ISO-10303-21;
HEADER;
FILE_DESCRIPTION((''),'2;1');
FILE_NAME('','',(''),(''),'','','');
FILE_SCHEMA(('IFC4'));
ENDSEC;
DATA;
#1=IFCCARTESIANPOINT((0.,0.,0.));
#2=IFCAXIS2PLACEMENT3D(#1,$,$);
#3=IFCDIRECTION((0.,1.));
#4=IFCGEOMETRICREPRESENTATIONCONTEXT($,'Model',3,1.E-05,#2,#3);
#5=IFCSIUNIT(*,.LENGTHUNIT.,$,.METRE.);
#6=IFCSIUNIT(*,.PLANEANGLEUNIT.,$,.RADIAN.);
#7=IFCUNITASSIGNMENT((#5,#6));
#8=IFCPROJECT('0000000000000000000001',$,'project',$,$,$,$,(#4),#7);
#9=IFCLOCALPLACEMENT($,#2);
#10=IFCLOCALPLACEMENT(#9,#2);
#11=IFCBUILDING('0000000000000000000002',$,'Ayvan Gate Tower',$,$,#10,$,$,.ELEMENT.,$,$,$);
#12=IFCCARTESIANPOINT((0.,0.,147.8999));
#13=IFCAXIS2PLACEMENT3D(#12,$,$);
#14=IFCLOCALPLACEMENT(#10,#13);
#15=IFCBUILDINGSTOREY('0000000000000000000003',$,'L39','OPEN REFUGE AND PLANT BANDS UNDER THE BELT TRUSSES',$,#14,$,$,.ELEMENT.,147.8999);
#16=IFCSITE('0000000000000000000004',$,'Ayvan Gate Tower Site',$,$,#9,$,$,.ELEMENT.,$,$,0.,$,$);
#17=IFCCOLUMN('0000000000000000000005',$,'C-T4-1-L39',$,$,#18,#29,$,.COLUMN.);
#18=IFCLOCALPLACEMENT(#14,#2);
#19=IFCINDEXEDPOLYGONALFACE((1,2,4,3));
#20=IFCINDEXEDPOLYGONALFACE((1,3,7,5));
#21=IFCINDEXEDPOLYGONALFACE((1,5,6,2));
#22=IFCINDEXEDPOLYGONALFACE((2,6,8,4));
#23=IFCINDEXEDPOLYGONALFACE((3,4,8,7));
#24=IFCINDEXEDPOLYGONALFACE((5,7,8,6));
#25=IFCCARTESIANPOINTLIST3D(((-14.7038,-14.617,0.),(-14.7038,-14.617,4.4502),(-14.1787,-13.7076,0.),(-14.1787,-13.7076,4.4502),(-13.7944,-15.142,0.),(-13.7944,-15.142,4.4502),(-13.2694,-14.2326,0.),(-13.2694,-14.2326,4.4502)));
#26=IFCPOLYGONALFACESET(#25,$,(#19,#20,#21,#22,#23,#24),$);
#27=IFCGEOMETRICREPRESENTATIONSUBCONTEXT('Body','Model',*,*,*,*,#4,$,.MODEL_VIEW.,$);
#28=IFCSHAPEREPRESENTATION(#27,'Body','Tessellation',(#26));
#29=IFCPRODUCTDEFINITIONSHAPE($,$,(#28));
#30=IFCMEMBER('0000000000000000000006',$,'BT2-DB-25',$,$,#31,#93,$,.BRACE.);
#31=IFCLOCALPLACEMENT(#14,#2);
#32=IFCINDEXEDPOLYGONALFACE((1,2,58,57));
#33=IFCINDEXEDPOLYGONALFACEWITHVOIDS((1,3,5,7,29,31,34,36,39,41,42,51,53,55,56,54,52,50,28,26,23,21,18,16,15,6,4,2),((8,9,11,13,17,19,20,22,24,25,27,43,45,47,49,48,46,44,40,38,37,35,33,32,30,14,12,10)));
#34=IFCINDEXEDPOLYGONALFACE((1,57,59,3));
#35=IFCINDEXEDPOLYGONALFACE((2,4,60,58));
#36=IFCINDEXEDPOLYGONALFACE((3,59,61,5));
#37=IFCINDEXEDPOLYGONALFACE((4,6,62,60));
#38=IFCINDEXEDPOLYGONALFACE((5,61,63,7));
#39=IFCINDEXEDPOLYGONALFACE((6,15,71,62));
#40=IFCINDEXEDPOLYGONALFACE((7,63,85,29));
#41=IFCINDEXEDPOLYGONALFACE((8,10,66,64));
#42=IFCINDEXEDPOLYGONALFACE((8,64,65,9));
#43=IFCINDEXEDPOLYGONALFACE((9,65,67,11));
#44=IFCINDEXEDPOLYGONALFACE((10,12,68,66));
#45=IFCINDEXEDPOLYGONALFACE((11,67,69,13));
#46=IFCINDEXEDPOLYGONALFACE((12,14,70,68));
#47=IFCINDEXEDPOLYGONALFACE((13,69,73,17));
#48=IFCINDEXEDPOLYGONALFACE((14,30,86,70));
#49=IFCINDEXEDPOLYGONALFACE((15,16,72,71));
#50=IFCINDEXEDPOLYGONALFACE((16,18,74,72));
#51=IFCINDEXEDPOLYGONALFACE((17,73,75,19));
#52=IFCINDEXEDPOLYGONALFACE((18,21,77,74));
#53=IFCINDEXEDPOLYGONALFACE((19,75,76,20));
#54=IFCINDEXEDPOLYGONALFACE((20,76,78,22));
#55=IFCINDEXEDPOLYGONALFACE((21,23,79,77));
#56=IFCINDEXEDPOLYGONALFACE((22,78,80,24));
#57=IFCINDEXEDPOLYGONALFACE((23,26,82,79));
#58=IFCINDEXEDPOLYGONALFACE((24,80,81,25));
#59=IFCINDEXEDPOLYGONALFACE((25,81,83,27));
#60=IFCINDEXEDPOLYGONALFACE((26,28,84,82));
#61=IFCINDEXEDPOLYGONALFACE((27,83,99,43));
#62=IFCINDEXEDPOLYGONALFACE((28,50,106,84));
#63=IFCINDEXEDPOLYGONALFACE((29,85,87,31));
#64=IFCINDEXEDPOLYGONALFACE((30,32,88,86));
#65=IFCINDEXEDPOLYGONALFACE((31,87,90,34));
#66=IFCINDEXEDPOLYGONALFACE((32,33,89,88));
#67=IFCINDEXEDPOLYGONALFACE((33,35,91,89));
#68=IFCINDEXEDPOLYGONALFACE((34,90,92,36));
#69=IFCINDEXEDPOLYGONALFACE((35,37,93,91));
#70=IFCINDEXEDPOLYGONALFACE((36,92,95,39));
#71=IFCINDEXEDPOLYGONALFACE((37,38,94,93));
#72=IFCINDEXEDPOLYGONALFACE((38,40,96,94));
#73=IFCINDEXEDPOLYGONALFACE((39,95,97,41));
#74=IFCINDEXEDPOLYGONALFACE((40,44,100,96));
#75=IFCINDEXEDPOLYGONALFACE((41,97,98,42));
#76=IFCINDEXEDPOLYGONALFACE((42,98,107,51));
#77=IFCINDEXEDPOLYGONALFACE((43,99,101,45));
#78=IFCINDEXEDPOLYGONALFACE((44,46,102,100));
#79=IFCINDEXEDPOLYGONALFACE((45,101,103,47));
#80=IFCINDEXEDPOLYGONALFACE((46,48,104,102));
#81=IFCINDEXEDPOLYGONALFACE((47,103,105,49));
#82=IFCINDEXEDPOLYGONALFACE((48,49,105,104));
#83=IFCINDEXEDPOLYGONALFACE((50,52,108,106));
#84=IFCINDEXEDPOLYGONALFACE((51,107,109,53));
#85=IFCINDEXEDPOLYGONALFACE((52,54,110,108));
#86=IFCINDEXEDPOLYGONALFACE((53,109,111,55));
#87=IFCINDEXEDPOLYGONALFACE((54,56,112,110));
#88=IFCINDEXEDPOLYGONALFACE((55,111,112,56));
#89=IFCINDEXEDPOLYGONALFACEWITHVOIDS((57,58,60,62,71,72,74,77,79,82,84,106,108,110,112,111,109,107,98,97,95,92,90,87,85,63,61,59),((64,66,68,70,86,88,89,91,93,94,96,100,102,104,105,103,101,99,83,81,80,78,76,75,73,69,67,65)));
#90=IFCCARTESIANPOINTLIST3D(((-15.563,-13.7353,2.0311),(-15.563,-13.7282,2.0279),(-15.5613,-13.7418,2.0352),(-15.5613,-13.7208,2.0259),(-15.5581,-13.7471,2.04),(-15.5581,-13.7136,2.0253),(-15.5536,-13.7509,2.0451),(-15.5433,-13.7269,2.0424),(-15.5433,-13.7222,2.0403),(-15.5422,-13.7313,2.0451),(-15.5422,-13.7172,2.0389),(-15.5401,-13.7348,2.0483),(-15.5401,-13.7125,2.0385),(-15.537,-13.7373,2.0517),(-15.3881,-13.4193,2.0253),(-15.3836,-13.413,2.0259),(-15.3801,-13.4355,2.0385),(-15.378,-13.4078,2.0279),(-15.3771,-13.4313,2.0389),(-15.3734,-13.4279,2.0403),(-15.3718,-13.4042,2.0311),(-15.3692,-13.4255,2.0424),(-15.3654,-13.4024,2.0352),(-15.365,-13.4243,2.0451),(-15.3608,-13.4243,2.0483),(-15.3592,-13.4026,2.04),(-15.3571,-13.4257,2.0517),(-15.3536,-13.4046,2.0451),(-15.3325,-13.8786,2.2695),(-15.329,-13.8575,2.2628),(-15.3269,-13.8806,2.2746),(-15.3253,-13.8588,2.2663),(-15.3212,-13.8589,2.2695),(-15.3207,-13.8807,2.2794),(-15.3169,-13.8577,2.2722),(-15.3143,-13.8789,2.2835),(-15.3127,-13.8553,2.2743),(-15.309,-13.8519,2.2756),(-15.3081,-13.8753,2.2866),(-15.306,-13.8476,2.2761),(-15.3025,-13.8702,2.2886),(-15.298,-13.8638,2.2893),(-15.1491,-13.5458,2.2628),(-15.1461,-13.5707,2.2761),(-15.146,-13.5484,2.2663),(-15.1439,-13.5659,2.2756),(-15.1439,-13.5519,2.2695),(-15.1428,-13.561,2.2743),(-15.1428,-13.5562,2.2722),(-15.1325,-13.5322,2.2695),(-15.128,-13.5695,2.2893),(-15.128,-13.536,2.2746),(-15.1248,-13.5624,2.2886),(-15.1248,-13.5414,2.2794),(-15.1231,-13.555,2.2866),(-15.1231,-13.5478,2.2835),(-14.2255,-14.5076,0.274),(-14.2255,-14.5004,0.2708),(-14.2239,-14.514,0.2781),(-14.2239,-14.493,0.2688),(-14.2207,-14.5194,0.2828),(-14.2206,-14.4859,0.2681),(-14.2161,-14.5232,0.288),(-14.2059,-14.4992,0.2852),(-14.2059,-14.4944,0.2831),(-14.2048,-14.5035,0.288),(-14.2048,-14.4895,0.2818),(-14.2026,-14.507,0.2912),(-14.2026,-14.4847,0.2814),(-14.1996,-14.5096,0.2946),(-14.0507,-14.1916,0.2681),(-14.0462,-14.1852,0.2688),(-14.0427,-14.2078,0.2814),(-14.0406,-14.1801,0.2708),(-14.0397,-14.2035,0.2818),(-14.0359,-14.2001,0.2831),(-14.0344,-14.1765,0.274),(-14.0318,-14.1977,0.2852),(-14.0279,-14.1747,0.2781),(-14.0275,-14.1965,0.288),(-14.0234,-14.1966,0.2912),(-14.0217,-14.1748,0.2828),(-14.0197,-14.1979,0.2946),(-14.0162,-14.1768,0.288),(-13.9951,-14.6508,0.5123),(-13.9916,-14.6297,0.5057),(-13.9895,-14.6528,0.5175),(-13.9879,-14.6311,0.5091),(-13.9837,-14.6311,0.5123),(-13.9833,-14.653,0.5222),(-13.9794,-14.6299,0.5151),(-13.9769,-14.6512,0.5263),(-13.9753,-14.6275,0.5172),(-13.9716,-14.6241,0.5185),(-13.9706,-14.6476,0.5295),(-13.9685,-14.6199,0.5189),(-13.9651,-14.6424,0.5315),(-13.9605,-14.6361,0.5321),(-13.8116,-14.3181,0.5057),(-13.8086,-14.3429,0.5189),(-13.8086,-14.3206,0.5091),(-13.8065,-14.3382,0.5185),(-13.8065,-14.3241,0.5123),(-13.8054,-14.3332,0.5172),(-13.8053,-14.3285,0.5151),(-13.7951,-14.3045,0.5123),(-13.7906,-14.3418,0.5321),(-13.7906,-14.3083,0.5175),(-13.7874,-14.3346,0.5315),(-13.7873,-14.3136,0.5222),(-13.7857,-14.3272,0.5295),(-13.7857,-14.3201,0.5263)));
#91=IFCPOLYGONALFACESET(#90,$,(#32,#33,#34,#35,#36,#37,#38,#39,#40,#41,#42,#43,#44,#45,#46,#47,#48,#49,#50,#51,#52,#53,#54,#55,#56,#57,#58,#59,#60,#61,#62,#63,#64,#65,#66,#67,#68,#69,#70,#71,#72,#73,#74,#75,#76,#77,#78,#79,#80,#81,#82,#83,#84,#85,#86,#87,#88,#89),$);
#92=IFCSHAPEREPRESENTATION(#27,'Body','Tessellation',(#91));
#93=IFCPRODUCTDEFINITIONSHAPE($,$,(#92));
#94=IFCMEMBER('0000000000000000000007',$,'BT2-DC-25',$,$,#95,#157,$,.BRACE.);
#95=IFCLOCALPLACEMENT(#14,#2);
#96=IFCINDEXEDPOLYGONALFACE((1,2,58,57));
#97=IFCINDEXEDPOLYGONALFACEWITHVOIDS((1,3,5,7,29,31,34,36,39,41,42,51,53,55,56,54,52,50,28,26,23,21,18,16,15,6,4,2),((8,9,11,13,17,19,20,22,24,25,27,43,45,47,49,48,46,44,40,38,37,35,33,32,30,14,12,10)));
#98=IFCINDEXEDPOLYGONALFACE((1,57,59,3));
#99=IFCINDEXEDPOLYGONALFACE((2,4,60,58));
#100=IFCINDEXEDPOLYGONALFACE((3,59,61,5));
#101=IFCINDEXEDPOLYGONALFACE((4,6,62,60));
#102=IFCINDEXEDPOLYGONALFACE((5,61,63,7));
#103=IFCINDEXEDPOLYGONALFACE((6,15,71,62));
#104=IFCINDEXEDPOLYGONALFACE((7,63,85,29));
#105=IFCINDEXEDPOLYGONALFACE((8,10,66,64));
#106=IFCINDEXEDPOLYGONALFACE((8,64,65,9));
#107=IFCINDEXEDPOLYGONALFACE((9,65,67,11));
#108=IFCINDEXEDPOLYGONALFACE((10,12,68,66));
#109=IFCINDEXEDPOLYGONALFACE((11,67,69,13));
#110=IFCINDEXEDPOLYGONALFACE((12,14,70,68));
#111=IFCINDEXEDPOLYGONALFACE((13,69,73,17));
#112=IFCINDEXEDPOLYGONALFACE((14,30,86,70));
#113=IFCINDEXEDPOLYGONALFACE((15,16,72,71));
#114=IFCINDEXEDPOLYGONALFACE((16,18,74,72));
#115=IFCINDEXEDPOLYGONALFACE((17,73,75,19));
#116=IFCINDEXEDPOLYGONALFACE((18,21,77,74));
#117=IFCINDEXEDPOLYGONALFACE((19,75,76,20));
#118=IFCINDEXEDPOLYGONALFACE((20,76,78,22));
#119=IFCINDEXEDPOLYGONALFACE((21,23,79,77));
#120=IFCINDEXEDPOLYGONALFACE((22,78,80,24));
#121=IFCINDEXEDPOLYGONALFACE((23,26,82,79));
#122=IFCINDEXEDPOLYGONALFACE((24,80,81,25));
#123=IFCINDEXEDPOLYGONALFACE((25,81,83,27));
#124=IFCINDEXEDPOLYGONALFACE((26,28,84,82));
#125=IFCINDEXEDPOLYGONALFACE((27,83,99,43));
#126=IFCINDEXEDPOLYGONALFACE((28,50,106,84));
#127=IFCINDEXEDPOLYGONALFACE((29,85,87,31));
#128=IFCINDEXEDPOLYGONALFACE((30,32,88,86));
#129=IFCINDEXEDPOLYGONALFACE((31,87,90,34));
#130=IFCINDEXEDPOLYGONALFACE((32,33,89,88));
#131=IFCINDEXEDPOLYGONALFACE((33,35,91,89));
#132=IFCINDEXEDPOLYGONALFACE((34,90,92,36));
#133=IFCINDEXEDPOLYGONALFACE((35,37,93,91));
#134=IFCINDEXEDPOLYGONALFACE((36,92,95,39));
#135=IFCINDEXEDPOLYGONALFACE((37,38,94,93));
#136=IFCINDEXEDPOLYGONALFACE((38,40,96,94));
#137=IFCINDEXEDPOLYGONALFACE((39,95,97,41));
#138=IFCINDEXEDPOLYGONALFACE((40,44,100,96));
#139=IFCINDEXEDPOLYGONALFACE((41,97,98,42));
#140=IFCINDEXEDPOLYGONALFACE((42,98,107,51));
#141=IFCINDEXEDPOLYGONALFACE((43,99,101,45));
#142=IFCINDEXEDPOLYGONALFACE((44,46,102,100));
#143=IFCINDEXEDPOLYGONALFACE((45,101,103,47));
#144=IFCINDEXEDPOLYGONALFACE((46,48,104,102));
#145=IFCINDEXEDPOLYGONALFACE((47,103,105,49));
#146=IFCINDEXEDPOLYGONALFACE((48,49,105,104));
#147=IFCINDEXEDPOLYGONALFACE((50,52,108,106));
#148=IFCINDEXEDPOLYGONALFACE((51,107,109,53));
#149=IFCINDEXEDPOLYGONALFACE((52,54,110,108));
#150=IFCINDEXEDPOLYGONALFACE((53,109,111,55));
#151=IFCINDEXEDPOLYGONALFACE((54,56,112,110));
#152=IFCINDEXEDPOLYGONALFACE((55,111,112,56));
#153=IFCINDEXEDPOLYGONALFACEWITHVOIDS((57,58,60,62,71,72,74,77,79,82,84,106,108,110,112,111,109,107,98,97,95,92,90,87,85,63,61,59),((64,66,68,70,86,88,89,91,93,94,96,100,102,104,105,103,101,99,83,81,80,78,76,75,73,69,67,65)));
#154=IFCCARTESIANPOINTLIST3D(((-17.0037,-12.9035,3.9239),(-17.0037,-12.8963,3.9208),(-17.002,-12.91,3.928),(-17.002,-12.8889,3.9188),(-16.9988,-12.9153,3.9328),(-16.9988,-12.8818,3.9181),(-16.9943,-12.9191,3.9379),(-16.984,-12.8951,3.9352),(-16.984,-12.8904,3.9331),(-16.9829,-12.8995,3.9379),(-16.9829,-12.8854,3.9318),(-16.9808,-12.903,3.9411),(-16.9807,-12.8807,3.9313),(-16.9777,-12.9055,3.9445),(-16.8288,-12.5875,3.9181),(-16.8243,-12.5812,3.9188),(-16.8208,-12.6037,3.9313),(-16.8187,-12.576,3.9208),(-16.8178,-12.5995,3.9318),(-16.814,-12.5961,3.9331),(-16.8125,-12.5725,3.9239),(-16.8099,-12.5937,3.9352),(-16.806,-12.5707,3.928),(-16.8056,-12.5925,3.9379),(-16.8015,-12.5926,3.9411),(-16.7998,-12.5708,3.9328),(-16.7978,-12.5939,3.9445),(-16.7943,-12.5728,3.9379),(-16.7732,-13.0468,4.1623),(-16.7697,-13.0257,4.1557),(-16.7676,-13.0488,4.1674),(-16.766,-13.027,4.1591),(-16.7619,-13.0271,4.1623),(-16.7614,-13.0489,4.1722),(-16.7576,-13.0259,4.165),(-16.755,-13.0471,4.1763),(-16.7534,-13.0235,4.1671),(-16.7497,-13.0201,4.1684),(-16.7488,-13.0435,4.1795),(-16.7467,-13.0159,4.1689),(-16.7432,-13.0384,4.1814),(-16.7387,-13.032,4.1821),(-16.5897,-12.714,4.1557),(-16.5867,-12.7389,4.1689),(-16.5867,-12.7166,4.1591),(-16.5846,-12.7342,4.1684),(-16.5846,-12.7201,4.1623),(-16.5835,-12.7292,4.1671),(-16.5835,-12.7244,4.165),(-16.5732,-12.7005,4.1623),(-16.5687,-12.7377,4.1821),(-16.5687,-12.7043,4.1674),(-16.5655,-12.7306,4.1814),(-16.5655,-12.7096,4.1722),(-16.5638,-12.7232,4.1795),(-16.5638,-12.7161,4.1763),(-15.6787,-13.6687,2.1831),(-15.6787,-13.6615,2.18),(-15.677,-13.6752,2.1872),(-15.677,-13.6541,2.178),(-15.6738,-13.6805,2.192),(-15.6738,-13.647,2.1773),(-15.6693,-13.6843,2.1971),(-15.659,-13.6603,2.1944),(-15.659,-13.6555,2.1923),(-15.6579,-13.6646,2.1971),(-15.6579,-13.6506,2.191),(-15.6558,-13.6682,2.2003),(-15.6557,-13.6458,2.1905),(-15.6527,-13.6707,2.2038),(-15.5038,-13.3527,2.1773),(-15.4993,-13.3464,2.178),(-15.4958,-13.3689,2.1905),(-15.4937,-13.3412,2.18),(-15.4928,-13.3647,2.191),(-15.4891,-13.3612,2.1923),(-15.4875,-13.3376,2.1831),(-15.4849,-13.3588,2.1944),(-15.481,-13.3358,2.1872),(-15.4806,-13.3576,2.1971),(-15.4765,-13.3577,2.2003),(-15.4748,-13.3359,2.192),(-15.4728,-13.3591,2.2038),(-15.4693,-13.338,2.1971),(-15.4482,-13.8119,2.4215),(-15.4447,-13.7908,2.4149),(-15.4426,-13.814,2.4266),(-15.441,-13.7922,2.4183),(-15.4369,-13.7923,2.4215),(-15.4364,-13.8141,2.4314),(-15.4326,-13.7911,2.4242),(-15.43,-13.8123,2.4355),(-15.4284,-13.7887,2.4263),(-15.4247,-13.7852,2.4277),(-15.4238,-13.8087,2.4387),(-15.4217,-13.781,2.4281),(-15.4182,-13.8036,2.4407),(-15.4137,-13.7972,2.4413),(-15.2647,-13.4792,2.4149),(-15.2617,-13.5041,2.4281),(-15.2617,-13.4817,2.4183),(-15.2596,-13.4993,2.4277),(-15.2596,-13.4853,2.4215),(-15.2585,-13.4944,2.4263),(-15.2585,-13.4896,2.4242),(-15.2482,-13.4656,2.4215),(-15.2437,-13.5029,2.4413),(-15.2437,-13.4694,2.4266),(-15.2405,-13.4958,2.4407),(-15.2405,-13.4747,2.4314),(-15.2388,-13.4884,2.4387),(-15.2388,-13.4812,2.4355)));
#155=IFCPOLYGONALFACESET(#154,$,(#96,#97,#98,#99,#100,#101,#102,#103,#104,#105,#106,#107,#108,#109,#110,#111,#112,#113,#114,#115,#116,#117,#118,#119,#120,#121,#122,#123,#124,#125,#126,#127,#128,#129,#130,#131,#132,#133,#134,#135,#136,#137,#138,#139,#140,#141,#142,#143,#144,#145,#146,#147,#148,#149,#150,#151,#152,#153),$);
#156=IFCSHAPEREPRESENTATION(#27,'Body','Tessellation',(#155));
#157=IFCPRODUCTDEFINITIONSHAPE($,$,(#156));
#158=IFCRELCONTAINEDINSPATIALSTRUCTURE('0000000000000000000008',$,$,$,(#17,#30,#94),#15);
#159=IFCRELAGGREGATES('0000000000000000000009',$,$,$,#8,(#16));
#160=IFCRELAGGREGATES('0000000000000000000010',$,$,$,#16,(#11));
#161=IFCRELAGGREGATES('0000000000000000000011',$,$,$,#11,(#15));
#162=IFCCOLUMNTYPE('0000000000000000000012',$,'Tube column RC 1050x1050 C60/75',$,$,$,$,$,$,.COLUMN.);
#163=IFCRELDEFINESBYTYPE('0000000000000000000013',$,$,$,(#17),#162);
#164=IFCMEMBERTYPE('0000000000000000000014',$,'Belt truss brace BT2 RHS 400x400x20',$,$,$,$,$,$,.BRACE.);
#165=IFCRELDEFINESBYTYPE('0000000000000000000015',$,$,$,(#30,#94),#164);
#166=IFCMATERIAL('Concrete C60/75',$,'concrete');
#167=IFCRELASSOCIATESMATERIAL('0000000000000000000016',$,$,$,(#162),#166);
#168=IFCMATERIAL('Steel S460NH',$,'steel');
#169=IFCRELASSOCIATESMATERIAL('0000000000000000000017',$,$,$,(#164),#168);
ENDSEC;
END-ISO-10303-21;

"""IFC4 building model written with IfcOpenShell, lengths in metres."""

from ifc_helpers import new_model, si_unit, direction, frame, origin, origin_2d, place, context, subcontext, project, spatial, rectangle, hollow_rectangle, extrude, material, material_profile, profile_set, type_object, element, save


model = new_model("IFC4")

# Units and contexts
model_context = context("Model", 3, precision=1e-05, world=origin(), true_north=direction((0.0, 1.0)))
body_context = subcontext(model_context, "Body", "Model", "MODEL_VIEW")
ifc_project = project(units=[si_unit("LENGTHUNIT", "METRE"), si_unit("PLANEANGLEUNIT", "RADIAN")], contexts=[model_context])

# Site, building, storey
site_placement = place(None, origin())
site = spatial("IfcSite", under=ifc_project, at=site_placement, Name="Ayvan Gate Tower Site", CompositionType="ELEMENT", RefElevation=0.0)
building_placement = place(site_placement, origin())
building = spatial("IfcBuilding", under=site, at=building_placement, Name="Ayvan Gate Tower", CompositionType="ELEMENT")
storey_placement = place(building_placement, frame((0.0, 0.0, 147.8999)))
storey = spatial("IfcBuildingStorey", under=building, at=storey_placement, Name="L39", Description="OPEN REFUGE AND PLANT BANDS UNDER THE BELT TRUSSES", CompositionType="ELEMENT", Elevation=147.8999)

# Column
ifc_material_1 = material(Name="Concrete C60/75", Category="concrete")
ifc_material_profile_1 = material_profile(ifc_material_1, rectangle(XDim=1.05, YDim=1.05, at=origin_2d()), Name="RC 1050x1050")
ifc_profile_set_1 = profile_set([ifc_material_profile_1], Name="Concrete C60/75")
column_type = type_object("IfcColumnType", Name="Tube column RC 1050x1050 C60/75", PredefinedType="COLUMN", material=ifc_profile_set_1)
column_placement = place(storey_placement, frame((-13.9866, -14.4248, 0.0), z_axis=(0.0, 0.0, 1.0), x_axis=(-0.5, -0.866025, 0.0)))
element("IfcColumn", 1, at=column_placement, inside=storey, type_object=column_type, Name="C-T4-1-L39", PredefinedType="COLUMN", context=body_context, shape_type="SweptSolid", body=[
    extrude(rectangle(XDim=1.05, YDim=1.05, at=origin_2d()), origin(), (0.0, 0.0, 1.0), 4.4502),
])

# Members
ifc_material_2 = material(Name="Steel S460NH", Category="steel")
ifc_material_profile_2 = material_profile(ifc_material_2, hollow_rectangle(XDim=0.3999, YDim=0.3999, WallThickness=0.02, InnerFilletRadius=0.02, OuterFilletRadius=0.03, at=origin_2d()), Name="RHS 400x400x20")
ifc_profile_set_2 = profile_set([ifc_material_profile_2], Name="Steel S460NH")
member_type_1 = type_object("IfcMemberType", Name="Belt truss brace BT2 RHS 400x400x20", PredefinedType="BRACE", material=ifc_profile_set_2)
member_1_placement = place(storey_placement, frame((-14.0056, -14.4138, 0.4001), z_axis=(-0.571712, 0.330107, 0.751116), x_axis=(-0.500033, -0.866007, 0.0)))
element("IfcMember", 2, at=member_1_placement, inside=storey, type_object=member_type_1, Name="BT2-DB-25", PredefinedType="BRACE", context=body_context, shape_type="SweptSolid", body=[
    extrude(hollow_rectangle(XDim=0.3999, YDim=0.3999, WallThickness=0.02, InnerFilletRadius=0.02, OuterFilletRadius=0.03, at=origin_2d()), origin(), (0.0, 0.0, 1.0), 2.3394),
])
member_2_placement = place(storey_placement, frame((-15.4587, -13.575, 2.3093), z_axis=(-0.571703, 0.330149, 0.751104), x_axis=(-0.500086, -0.865976, 0.0)))
element("IfcMember", 3, at=member_2_placement, inside=storey, type_object=member_type_1, Name="BT2-DC-25", PredefinedType="BRACE", context=body_context, shape_type="SweptSolid", body=[
    extrude(hollow_rectangle(XDim=0.3999, YDim=0.3999, WallThickness=0.02, InnerFilletRadius=0.02, OuterFilletRadius=0.03, at=origin_2d()), origin(), (0.0, 0.0, 1.0), 2.3176),
])

save(model, "model.ifc")
